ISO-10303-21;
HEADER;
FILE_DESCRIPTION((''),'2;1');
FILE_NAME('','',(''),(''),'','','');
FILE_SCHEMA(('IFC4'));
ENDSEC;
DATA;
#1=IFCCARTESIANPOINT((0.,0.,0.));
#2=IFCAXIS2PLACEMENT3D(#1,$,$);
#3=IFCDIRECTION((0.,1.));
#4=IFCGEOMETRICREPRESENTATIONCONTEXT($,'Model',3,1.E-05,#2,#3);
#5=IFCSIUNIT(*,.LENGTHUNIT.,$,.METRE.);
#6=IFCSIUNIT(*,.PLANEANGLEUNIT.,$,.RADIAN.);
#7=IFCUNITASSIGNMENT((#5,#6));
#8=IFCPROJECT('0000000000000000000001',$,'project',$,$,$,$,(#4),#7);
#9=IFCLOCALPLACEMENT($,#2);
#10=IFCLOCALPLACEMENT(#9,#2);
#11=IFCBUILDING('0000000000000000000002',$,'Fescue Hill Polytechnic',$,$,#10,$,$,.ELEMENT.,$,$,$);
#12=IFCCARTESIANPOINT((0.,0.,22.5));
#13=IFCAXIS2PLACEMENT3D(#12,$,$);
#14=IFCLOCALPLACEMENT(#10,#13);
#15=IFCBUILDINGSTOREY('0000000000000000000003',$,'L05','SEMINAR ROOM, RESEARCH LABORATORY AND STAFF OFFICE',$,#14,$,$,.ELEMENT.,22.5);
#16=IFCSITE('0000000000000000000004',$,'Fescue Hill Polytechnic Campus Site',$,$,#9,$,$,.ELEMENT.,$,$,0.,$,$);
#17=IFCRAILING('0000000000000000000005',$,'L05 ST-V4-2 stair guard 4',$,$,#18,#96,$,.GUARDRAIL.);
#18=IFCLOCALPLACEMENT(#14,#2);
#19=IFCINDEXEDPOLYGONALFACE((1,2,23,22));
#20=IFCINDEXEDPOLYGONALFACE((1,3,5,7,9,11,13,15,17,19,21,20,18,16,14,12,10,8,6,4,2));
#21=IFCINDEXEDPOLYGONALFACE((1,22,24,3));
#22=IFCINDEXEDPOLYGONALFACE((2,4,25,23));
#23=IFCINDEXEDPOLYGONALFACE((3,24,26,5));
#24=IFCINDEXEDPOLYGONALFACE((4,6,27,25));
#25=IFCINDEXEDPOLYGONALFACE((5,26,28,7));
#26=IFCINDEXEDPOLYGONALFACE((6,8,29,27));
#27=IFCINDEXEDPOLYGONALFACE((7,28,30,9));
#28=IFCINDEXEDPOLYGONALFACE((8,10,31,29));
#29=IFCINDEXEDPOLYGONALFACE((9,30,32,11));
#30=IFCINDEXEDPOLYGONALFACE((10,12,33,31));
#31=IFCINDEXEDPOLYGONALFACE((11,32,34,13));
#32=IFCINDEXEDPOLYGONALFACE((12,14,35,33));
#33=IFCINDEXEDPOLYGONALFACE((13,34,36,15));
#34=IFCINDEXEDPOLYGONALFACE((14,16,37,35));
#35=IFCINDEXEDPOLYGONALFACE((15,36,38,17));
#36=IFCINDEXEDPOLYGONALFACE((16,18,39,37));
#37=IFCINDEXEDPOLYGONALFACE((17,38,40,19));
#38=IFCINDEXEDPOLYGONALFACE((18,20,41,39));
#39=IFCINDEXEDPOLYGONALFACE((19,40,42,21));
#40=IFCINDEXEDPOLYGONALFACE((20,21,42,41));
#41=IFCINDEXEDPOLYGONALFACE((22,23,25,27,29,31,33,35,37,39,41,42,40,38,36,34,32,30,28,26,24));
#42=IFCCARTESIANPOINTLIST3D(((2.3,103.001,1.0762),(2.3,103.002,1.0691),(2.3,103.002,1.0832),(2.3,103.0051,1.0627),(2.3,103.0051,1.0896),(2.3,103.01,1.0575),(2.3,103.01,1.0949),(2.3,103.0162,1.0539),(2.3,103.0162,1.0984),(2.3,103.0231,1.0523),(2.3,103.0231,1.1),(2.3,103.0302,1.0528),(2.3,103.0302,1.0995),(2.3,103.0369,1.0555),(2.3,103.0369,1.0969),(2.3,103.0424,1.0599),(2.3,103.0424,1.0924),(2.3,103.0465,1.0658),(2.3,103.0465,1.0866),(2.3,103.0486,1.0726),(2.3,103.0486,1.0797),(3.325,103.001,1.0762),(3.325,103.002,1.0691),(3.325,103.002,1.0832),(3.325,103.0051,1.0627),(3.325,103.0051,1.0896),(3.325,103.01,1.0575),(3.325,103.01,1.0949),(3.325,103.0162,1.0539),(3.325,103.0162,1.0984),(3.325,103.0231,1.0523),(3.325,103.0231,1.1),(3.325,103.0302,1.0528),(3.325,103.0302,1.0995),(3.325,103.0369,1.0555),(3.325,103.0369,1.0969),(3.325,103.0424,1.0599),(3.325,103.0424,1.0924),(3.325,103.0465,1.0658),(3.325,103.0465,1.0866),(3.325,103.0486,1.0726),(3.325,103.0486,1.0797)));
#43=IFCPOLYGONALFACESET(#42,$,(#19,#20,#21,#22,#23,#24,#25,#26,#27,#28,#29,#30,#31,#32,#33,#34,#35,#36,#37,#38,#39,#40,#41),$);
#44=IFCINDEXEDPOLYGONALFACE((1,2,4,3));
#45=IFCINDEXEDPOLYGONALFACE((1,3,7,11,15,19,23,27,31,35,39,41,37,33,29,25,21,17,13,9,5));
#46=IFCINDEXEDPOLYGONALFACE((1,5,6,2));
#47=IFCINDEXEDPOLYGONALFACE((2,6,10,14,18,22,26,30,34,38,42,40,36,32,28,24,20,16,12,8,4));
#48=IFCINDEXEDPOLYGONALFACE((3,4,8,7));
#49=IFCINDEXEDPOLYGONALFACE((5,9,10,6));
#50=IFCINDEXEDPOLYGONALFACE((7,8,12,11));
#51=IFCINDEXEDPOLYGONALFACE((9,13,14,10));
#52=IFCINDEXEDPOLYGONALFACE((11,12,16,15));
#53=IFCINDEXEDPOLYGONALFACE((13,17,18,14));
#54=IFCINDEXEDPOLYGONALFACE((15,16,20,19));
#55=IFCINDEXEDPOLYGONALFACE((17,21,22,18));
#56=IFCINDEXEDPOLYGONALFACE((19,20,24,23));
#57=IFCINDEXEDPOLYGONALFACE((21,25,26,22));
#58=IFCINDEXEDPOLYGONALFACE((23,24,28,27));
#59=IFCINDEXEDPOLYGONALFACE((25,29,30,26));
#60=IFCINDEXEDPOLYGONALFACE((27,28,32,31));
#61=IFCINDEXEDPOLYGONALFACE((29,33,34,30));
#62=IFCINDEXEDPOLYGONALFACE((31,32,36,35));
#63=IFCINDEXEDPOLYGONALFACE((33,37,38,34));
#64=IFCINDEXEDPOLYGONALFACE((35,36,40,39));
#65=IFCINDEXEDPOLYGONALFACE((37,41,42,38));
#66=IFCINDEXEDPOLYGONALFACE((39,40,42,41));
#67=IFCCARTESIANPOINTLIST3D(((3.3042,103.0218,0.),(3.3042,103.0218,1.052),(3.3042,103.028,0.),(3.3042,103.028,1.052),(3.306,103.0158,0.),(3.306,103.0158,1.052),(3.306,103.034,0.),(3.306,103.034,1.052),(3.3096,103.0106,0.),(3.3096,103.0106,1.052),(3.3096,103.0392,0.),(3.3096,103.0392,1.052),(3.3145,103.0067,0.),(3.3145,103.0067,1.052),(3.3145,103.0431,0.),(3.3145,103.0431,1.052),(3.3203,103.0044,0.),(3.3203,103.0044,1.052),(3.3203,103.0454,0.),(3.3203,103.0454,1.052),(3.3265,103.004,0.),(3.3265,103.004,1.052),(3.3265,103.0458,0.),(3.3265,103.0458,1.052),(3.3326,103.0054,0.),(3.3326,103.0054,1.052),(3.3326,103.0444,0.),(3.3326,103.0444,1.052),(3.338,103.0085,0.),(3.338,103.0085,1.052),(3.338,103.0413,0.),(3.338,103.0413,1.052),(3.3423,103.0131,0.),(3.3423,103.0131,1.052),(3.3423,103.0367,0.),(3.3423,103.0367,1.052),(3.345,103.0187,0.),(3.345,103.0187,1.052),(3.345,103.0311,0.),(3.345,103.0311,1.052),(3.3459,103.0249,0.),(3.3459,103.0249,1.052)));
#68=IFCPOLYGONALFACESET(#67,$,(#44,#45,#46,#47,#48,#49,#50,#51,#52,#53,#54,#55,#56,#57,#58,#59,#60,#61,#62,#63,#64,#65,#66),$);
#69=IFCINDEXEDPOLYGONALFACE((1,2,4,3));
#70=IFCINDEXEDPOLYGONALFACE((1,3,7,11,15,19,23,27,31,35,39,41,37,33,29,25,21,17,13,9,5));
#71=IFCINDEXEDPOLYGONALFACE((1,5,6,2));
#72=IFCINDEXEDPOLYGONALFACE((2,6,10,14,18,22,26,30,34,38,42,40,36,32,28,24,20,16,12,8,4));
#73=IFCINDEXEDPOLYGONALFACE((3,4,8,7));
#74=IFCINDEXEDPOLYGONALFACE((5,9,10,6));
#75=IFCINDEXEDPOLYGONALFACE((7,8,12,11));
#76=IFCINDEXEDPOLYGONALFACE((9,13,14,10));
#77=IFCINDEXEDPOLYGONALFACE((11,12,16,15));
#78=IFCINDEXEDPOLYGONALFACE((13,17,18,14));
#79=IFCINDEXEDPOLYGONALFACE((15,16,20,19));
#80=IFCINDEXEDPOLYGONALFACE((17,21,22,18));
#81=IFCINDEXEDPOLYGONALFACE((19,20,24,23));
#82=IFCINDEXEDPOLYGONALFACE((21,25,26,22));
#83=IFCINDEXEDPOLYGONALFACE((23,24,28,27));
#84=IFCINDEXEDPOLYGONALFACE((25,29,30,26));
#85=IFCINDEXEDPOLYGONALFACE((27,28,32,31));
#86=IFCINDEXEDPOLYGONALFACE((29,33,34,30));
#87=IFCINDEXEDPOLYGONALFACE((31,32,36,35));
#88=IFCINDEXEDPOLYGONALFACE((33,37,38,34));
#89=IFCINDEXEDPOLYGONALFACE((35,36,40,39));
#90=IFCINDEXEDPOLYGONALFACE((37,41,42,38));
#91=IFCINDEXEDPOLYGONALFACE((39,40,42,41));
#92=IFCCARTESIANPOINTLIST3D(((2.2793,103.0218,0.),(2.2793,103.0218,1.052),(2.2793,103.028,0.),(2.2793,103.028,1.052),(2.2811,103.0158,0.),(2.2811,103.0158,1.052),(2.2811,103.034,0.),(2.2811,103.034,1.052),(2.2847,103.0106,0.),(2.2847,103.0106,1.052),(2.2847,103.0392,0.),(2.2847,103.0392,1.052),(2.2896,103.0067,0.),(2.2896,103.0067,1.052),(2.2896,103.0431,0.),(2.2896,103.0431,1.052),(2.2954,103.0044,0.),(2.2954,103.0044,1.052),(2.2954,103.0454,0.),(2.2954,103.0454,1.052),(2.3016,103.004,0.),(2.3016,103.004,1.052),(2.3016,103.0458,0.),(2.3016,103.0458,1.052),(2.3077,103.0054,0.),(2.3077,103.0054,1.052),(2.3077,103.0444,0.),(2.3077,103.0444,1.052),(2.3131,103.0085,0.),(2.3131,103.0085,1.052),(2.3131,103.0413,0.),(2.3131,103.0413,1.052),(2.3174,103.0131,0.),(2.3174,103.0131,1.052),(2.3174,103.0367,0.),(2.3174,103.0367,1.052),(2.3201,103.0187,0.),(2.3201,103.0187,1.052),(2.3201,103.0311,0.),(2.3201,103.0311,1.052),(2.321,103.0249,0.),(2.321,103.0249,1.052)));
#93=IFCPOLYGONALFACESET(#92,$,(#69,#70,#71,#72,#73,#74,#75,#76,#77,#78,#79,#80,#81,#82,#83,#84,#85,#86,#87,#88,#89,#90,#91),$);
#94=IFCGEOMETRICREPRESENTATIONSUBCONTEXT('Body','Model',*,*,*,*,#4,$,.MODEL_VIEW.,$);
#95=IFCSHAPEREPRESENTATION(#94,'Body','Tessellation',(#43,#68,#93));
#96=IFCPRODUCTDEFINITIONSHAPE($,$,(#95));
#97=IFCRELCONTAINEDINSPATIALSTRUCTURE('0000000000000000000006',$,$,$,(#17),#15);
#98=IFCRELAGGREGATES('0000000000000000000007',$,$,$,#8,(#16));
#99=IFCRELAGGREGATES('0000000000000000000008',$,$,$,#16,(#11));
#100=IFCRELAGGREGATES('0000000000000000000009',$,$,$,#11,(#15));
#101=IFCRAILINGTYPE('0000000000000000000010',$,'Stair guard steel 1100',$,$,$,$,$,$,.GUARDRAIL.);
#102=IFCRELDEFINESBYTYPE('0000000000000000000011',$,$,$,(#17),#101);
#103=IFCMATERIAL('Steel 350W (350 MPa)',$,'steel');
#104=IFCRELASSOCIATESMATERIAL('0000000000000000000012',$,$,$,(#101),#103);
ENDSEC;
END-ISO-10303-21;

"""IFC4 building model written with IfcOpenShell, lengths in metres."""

from ifc_helpers import new_model, si_unit, direction, frame, origin, origin_2d, place, context, subcontext, project, spatial, circle, extrude, material, type_object, element, save


model = new_model("IFC4")

# Units and contexts
model_context = context("Model", 3, precision=1e-05, world=origin(), true_north=direction((0.0, 1.0)))
body_context = subcontext(model_context, "Body", "Model", "MODEL_VIEW")
ifc_project = project(units=[si_unit("LENGTHUNIT", "METRE"), si_unit("PLANEANGLEUNIT", "RADIAN")], contexts=[model_context])

# Site, building, storey
site_placement = place(None, origin())
site = spatial("IfcSite", under=ifc_project, at=site_placement, Name="Fescue Hill Polytechnic Campus Site", CompositionType="ELEMENT", RefElevation=0.0)
building_placement = place(site_placement, origin())
building = spatial("IfcBuilding", under=site, at=building_placement, Name="Fescue Hill Polytechnic", CompositionType="ELEMENT")
storey_placement = place(building_placement, frame((0.0, 0.0, 22.5)))
storey = spatial("IfcBuildingStorey", under=building, at=storey_placement, Name="L05", Description="SEMINAR ROOM, RESEARCH LABORATORY AND STAFF OFFICE", CompositionType="ELEMENT", Elevation=22.5)

# Railing
ifc_material_1 = material(Name="Steel 350W (350 MPa)", Category="steel")
railing_type_1 = type_object("IfcRailingType", Name="Stair guard steel 1100", PredefinedType="GUARDRAIL", material=ifc_material_1)
railing_1_placement = place(storey_placement, frame((3.325, 103.0249, 0.0)))
element("IfcRailing", 1, at=railing_1_placement, inside=storey, type_object=railing_type_1, Name="L05 ST-V4-2 stair guard 4", PredefinedType="GUARDRAIL", context=body_context, shape_type="SweptSolid", body=[
    extrude(circle(Radius=0.0239, at=origin_2d()), frame((0.0, 0.0, 1.0762), z_axis=(-1.0, 0.0, 0.0), x_axis=(0.0, -1.0, 0.0)), (0.0, 0.0, 1.0), 1.0249),
    extrude(circle(Radius=0.021, at=origin_2d()), origin(), (0.0, 0.0, 1.0), 1.052),
    extrude(circle(Radius=0.021, at=origin_2d()), frame((-1.0249, 0.0, 0.0)), (0.0, 0.0, 1.0), 1.052),
])

save(model, "model.ifc")
